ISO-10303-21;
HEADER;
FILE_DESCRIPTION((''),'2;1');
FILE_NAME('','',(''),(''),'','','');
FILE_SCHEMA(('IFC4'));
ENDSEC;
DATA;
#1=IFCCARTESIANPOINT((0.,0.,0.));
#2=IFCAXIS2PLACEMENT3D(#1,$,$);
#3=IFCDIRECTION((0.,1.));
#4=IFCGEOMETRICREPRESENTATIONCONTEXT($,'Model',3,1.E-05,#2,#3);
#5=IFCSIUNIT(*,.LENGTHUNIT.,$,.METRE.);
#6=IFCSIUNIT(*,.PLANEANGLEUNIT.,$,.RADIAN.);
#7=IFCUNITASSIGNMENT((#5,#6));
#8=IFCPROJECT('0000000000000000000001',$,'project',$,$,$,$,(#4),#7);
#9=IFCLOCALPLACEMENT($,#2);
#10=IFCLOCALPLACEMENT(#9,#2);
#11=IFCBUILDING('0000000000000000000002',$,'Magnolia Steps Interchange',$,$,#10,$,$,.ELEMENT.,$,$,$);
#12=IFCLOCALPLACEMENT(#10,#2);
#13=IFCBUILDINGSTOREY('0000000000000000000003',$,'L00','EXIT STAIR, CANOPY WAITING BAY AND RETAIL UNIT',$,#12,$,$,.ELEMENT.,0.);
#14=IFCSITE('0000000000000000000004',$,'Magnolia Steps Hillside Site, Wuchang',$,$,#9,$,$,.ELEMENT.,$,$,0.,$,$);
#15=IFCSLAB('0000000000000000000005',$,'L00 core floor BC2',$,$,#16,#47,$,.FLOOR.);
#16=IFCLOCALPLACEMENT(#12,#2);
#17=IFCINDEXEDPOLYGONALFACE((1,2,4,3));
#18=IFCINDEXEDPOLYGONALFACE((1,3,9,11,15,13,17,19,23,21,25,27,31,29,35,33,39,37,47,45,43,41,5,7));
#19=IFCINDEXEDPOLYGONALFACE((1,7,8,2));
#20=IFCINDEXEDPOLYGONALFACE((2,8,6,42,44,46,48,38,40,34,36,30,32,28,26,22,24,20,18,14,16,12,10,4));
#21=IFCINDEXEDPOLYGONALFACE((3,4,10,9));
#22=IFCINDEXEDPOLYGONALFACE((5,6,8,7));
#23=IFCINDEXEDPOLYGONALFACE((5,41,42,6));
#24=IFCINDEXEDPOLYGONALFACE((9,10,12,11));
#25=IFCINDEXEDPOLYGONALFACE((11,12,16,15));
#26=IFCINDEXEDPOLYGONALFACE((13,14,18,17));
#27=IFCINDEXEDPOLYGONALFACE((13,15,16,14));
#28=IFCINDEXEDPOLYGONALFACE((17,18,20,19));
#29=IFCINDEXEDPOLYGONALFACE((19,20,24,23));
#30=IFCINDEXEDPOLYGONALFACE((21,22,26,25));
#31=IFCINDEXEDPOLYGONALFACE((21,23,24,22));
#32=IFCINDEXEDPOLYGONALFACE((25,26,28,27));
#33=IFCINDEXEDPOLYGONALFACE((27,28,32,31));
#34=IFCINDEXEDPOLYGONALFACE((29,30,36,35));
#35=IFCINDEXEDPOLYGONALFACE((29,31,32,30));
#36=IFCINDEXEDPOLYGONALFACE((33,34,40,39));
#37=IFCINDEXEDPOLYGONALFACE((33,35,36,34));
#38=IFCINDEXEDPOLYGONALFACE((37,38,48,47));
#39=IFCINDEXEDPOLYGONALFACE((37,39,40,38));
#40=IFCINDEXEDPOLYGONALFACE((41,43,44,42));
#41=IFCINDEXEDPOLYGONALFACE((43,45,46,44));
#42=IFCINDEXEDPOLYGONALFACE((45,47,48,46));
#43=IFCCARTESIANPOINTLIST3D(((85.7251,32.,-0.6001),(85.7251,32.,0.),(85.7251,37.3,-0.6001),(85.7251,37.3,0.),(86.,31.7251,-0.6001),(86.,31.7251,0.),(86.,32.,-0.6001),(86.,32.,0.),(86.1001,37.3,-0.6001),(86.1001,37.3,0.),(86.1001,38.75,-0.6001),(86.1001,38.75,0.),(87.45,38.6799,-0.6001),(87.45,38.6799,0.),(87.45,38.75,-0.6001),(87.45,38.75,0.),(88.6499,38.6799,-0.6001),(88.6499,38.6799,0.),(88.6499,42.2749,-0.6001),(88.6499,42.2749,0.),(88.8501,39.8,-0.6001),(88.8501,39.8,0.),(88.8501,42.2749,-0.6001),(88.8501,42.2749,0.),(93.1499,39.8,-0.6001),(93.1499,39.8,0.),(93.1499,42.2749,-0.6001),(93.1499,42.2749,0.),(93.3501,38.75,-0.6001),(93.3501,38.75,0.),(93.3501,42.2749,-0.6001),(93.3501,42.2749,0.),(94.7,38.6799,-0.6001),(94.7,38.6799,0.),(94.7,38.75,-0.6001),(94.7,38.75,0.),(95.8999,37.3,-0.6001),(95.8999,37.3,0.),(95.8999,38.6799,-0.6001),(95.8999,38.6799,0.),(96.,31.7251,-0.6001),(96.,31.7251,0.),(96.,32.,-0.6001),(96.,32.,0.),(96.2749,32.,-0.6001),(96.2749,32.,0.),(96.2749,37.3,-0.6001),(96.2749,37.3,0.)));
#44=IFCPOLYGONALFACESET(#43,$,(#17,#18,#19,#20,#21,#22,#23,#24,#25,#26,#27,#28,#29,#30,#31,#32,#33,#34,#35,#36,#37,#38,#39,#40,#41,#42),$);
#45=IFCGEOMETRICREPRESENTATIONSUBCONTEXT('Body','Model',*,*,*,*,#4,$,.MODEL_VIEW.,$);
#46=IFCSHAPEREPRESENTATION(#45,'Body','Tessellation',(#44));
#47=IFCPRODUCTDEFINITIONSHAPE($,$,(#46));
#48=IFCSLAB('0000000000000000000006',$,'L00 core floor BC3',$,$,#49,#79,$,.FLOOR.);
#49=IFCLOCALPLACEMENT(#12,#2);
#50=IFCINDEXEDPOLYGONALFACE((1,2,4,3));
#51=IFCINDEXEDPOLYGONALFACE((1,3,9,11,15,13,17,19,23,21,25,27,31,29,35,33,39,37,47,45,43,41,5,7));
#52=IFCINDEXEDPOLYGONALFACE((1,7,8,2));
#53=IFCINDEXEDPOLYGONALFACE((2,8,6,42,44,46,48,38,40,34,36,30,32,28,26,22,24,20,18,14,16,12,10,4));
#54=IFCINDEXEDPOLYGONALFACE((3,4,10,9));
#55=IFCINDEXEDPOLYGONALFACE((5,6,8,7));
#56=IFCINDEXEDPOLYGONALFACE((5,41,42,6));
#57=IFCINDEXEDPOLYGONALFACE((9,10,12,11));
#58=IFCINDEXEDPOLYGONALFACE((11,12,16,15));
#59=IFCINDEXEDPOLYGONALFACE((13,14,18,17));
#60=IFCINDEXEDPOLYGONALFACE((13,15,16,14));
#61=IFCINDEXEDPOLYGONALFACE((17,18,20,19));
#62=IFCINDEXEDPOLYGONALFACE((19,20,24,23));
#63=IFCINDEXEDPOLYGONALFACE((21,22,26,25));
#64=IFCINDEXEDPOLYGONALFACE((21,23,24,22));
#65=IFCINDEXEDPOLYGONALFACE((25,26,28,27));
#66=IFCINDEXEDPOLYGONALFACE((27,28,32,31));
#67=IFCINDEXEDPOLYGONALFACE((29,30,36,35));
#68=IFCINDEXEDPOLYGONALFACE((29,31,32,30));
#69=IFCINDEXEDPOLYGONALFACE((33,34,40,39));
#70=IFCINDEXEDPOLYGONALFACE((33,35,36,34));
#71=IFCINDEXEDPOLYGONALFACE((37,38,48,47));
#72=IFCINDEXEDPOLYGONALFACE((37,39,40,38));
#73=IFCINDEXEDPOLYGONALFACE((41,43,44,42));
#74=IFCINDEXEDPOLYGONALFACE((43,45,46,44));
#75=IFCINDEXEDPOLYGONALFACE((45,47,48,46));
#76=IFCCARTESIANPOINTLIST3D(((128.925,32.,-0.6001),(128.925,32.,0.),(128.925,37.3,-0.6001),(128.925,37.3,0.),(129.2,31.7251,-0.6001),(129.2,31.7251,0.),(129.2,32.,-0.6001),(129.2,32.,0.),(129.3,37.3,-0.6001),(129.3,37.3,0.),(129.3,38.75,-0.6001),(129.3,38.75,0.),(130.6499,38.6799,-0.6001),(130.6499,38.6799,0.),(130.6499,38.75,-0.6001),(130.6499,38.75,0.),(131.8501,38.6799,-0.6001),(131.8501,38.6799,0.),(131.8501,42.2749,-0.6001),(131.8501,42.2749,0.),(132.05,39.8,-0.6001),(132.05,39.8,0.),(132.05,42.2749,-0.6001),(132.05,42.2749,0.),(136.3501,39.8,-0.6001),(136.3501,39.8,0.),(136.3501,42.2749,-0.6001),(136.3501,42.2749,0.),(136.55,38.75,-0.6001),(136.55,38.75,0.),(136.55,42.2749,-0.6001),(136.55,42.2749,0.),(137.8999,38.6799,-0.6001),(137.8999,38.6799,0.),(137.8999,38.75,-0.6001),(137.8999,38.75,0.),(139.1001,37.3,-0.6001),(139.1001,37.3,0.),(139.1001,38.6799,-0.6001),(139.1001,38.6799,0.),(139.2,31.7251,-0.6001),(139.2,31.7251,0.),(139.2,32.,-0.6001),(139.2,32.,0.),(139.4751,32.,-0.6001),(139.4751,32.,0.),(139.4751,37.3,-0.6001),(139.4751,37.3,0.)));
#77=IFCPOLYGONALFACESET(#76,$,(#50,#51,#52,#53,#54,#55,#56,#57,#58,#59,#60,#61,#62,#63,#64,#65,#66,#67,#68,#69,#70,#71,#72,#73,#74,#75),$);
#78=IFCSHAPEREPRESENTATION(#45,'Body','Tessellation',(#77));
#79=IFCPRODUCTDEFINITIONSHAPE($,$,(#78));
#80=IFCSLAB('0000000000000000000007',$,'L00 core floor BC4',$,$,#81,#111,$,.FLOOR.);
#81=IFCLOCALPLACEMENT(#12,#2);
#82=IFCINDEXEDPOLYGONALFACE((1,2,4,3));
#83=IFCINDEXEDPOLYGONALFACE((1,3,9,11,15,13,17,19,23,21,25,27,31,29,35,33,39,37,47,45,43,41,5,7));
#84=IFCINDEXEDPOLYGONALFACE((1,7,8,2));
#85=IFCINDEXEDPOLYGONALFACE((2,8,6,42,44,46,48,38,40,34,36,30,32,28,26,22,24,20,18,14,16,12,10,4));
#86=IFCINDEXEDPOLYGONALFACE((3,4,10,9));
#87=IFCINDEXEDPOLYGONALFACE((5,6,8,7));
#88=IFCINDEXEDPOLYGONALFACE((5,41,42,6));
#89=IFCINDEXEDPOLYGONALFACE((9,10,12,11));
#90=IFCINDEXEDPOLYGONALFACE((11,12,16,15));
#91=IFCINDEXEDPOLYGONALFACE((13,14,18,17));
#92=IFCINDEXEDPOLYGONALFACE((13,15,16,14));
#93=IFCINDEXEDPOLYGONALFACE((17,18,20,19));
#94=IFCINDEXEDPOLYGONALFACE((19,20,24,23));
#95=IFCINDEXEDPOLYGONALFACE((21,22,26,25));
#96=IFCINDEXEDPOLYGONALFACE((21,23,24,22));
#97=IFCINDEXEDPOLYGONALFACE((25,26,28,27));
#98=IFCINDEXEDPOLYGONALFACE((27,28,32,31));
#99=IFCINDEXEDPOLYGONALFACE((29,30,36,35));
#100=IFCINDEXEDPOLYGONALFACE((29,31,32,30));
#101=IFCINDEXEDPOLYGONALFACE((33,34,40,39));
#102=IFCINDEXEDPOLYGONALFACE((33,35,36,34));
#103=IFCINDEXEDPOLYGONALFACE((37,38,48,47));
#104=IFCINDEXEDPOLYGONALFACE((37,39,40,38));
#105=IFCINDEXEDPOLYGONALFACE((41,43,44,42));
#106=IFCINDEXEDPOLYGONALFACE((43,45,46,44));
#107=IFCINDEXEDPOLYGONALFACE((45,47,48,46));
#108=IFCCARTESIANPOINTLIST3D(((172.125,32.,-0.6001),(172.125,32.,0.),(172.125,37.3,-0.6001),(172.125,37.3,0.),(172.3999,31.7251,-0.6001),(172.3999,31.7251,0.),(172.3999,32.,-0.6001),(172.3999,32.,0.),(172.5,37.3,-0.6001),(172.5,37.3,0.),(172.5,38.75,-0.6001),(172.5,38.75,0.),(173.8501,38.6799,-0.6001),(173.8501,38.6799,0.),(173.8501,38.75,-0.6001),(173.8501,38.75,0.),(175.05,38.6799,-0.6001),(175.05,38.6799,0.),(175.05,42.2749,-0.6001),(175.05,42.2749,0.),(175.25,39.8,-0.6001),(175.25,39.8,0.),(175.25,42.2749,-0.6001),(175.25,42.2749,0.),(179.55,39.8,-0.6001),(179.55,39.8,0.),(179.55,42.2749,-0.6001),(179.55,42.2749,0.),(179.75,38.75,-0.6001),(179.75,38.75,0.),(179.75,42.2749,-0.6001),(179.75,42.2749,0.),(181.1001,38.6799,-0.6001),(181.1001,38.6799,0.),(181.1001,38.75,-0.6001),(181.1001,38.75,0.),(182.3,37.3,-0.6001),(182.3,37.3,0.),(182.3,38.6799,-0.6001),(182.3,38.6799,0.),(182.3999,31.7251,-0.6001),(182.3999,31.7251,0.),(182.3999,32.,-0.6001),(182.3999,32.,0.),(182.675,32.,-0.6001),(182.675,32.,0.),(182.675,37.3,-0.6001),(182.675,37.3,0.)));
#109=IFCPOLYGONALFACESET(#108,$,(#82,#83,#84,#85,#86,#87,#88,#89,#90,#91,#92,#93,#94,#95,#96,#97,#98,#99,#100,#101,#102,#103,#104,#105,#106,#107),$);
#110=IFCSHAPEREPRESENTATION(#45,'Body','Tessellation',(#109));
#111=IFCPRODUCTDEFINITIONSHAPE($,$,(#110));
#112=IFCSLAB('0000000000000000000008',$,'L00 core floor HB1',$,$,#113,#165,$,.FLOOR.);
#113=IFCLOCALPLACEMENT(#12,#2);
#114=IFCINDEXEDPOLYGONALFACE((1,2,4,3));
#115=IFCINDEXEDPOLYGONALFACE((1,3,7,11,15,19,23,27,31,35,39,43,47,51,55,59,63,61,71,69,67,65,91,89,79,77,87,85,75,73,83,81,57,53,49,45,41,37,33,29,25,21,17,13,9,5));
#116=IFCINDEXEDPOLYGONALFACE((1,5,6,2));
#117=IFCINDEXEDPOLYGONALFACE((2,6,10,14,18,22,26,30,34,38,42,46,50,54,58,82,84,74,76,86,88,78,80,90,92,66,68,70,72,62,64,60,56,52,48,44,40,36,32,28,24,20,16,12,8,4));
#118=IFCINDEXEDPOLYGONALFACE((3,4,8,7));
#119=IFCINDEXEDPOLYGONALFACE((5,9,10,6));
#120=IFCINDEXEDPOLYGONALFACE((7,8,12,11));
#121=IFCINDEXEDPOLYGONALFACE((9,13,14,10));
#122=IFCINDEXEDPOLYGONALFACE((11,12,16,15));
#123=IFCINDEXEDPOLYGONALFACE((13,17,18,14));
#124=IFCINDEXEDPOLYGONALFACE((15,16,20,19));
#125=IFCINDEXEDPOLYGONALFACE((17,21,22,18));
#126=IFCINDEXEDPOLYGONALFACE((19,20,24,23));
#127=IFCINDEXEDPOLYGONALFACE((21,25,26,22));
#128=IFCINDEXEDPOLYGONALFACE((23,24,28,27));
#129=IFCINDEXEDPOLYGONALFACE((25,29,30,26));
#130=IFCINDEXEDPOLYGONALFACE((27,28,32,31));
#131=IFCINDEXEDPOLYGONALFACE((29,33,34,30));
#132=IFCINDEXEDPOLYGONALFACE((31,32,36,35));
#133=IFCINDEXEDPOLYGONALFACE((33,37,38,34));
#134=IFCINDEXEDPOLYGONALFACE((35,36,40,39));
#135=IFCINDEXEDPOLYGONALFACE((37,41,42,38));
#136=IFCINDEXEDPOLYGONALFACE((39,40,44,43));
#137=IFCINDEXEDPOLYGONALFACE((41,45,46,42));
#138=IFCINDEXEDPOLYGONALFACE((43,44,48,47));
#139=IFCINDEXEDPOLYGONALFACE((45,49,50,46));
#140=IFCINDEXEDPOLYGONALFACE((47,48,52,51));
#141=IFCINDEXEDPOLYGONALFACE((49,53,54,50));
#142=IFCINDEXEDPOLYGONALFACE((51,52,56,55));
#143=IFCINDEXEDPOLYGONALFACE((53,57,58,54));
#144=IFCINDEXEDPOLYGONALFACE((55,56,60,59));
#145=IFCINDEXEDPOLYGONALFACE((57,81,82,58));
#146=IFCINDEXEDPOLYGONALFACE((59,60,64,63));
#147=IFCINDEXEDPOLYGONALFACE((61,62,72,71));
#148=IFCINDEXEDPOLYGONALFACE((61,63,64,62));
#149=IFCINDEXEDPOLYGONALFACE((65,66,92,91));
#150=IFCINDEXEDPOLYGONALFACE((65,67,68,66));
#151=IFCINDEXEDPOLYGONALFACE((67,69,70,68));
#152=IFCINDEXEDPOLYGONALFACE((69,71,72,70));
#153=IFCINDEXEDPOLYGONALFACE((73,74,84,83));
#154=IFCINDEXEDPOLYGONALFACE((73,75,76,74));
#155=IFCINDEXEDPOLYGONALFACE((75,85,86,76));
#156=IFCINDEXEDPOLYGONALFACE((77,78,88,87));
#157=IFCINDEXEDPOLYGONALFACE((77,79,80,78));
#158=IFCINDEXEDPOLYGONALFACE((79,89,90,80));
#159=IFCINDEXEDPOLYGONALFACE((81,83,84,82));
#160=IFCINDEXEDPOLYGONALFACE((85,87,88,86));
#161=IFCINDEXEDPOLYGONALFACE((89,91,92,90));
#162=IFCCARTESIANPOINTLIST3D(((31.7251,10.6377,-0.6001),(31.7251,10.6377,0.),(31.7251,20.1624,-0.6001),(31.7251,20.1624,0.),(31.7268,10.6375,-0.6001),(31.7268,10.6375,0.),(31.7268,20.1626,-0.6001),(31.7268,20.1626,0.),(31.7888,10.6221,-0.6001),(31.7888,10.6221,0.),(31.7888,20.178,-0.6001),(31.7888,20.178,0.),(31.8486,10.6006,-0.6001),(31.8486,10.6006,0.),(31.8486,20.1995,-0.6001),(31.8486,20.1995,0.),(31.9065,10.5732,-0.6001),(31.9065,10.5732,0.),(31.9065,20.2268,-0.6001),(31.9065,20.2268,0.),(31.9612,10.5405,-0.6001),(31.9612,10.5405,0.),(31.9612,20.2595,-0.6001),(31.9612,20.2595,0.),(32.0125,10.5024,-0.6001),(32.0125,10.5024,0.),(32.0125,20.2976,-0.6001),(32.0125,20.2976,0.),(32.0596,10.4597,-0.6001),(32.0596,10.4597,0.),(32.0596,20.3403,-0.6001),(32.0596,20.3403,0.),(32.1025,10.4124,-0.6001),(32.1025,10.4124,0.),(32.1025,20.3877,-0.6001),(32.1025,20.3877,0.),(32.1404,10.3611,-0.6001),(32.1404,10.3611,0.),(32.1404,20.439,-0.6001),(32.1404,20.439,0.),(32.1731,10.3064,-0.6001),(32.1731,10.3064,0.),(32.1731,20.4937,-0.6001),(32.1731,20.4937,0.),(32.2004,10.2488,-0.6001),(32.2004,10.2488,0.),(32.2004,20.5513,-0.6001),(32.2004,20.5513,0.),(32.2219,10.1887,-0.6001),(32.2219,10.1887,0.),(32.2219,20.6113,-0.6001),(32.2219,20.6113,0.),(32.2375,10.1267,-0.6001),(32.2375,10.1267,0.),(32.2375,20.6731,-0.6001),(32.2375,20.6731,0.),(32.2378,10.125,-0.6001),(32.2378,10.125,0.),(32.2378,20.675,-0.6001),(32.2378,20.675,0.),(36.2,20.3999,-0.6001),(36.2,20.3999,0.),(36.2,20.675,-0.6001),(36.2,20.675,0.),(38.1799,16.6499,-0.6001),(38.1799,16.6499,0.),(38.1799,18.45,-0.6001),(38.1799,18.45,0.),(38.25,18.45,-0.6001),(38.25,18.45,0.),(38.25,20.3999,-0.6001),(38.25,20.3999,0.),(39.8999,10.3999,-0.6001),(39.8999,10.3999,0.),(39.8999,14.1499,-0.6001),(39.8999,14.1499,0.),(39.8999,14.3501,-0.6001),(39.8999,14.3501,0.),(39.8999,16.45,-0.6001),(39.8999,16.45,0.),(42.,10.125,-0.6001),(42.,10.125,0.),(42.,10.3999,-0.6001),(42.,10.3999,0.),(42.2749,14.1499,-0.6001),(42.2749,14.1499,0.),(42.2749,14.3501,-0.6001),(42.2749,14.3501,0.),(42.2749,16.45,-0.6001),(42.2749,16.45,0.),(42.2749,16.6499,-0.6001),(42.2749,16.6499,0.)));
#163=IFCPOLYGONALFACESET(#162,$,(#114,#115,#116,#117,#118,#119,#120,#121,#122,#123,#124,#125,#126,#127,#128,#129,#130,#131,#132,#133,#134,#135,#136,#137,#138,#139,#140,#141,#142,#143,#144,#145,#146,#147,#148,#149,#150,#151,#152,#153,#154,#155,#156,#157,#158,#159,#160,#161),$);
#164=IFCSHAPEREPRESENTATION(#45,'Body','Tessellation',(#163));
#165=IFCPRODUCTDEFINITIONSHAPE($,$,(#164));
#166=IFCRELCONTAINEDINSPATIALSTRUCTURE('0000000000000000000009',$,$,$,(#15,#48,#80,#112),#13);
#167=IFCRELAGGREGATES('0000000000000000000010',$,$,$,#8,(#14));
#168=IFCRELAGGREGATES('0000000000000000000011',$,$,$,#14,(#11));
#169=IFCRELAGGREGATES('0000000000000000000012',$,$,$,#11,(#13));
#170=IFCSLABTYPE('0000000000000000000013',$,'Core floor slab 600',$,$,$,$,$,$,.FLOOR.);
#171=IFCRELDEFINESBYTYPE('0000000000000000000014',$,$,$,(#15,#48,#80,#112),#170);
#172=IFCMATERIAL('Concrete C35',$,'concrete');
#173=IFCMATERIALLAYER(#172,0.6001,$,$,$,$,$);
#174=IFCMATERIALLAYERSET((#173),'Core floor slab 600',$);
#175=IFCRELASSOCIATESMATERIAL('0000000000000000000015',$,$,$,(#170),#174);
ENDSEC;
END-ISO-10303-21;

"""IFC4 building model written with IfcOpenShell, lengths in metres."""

from ifc_helpers import new_model, si_unit, direction, frame, origin, place, context, subcontext, project, spatial, polyline, outline, extrude, material, layer, layer_set, type_object, element, save


model = new_model("IFC4")

# Units and contexts
model_context = context("Model", 3, precision=1e-05, world=origin(), true_north=direction((0.0, 1.0)))
body_context = subcontext(model_context, "Body", "Model", "MODEL_VIEW")
ifc_project = project(units=[si_unit("LENGTHUNIT", "METRE"), si_unit("PLANEANGLEUNIT", "RADIAN")], contexts=[model_context])

# Site, building, storey
site_placement = place(None, origin())
site = spatial("IfcSite", under=ifc_project, at=site_placement, Name="Magnolia Steps Hillside Site, Wuchang", CompositionType="ELEMENT", RefElevation=0.0)
building_placement = place(site_placement, origin())
building = spatial("IfcBuilding", under=site, at=building_placement, Name="Magnolia Steps Interchange", CompositionType="ELEMENT")
storey_placement = place(building_placement, origin())
storey = spatial("IfcBuildingStorey", under=building, at=storey_placement, Name="L00", Description="EXIT STAIR, CANOPY WAITING BAY AND RETAIL UNIT", CompositionType="ELEMENT", Elevation=0.0)

# Slabs
ifc_material_1 = material(Name="Concrete C35", Category="concrete")
ifc_layer_1 = layer(ifc_material_1, 0.6001)
ifc_layer_set_1 = layer_set([ifc_layer_1], Name="Core floor slab 600")
slab_type_1 = type_object("IfcSlabType", Name="Core floor slab 600", PredefinedType="FLOOR", material=ifc_layer_set_1)
slab_1_placement = place(storey_placement, frame((0.0, 0.0, -0.6001)))
element("IfcSlab", 1, at=slab_1_placement, inside=storey, type_object=slab_type_1, Name="L00 core floor BC2", PredefinedType="FLOOR", context=body_context, shape_type="SweptSolid", body=[
    extrude(outline(polyline([(86.0, 32.0), (85.7251, 32.0), (85.7251, 37.3), (86.1001, 37.3), (86.1001, 38.75), (87.45, 38.75), (87.45, 38.6799), (88.6499, 38.6799), (88.6499, 42.2749), (88.8501, 42.2749), (88.8501, 39.8), (93.1499, 39.8), (93.1499, 42.2749), (93.3501, 42.2749), (93.3501, 38.75), (94.7, 38.75), (94.7, 38.6799), (95.8999, 38.6799), (95.8999, 37.3), (96.2749, 37.3), (96.2749, 32.0), (96.0, 32.0), (96.0, 31.7251), (86.0, 31.7251), (86.0, 32.0)])), origin(), (0.0, 0.0, 1.0), 0.6001),
])
slab_2_placement = place(storey_placement, frame((0.0, 0.0, -0.6001)))
element("IfcSlab", 2, at=slab_2_placement, inside=storey, type_object=slab_type_1, Name="L00 core floor BC3", PredefinedType="FLOOR", context=body_context, shape_type="SweptSolid", body=[
    extrude(outline(polyline([(129.2, 32.0), (128.925, 32.0), (128.925, 37.3), (129.3, 37.3), (129.3, 38.75), (130.6499, 38.75), (130.6499, 38.6799), (131.8501, 38.6799), (131.8501, 42.2749), (132.05, 42.2749), (132.05, 39.8), (136.3501, 39.8), (136.3501, 42.2749), (136.55, 42.2749), (136.55, 38.75), (137.8999, 38.75), (137.8999, 38.6799), (139.1001, 38.6799), (139.1001, 37.3), (139.4751, 37.3), (139.4751, 32.0), (139.2, 32.0), (139.2, 31.7251), (129.2, 31.7251), (129.2, 32.0)])), origin(), (0.0, 0.0, 1.0), 0.6001),
])
slab_3_placement = place(storey_placement, frame((0.0, 0.0, -0.6001)))
element("IfcSlab", 3, at=slab_3_placement, inside=storey, type_object=slab_type_1, Name="L00 core floor BC4", PredefinedType="FLOOR", context=body_context, shape_type="SweptSolid", body=[
    extrude(outline(polyline([(172.3999, 32.0), (172.125, 32.0), (172.125, 37.3), (172.5, 37.3), (172.5, 38.75), (173.8501, 38.75), (173.8501, 38.6799), (175.05, 38.6799), (175.05, 42.2749), (175.25, 42.2749), (175.25, 39.8), (179.55, 39.8), (179.55, 42.2749), (179.75, 42.2749), (179.75, 38.75), (181.1001, 38.75), (181.1001, 38.6799), (182.3, 38.6799), (182.3, 37.3), (182.675, 37.3), (182.675, 32.0), (182.3999, 32.0), (182.3999, 31.7251), (172.3999, 31.7251), (172.3999, 32.0)])), origin(), (0.0, 0.0, 1.0), 0.6001),
])
slab_4_placement = place(storey_placement, frame((0.0, 0.0, -0.6001)))
element("IfcSlab", 4, at=slab_4_placement, inside=storey, type_object=slab_type_1, Name="L00 core floor HB1", PredefinedType="FLOOR", context=body_context, shape_type="SweptSolid", body=[
    extrude(outline(polyline([(31.7251, 20.1624), (31.7268, 20.1626), (31.7888, 20.178), (31.8486, 20.1995), (31.9065, 20.2268), (31.9612, 20.2595), (32.0125, 20.2976), (32.0596, 20.3403), (32.1025, 20.3877), (32.1404, 20.439), (32.1731, 20.4937), (32.2004, 20.5513), (32.2219, 20.6113), (32.2375, 20.6731), (32.2378, 20.675), (36.2, 20.675), (36.2, 20.3999), (38.25, 20.3999), (38.25, 18.45), (38.1799, 18.45), (38.1799, 16.6499), (42.2749, 16.6499), (42.2749, 16.45), (39.8999, 16.45), (39.8999, 14.3501), (42.2749, 14.3501), (42.2749, 14.1499), (39.8999, 14.1499), (39.8999, 10.3999), (42.0, 10.3999), (42.0, 10.125), (32.2378, 10.125), (32.2375, 10.1267), (32.2219, 10.1887), (32.2004, 10.2488), (32.1731, 10.3064), (32.1404, 10.3611), (32.1025, 10.4124), (32.0596, 10.4597), (32.0125, 10.5024), (31.9612, 10.5405), (31.9065, 10.5732), (31.8486, 10.6006), (31.7888, 10.6221), (31.7268, 10.6375), (31.7251, 10.6377), (31.7251, 20.1624)])), origin(), (0.0, 0.0, 1.0), 0.6001),
])

save(model, "model.ifc")
